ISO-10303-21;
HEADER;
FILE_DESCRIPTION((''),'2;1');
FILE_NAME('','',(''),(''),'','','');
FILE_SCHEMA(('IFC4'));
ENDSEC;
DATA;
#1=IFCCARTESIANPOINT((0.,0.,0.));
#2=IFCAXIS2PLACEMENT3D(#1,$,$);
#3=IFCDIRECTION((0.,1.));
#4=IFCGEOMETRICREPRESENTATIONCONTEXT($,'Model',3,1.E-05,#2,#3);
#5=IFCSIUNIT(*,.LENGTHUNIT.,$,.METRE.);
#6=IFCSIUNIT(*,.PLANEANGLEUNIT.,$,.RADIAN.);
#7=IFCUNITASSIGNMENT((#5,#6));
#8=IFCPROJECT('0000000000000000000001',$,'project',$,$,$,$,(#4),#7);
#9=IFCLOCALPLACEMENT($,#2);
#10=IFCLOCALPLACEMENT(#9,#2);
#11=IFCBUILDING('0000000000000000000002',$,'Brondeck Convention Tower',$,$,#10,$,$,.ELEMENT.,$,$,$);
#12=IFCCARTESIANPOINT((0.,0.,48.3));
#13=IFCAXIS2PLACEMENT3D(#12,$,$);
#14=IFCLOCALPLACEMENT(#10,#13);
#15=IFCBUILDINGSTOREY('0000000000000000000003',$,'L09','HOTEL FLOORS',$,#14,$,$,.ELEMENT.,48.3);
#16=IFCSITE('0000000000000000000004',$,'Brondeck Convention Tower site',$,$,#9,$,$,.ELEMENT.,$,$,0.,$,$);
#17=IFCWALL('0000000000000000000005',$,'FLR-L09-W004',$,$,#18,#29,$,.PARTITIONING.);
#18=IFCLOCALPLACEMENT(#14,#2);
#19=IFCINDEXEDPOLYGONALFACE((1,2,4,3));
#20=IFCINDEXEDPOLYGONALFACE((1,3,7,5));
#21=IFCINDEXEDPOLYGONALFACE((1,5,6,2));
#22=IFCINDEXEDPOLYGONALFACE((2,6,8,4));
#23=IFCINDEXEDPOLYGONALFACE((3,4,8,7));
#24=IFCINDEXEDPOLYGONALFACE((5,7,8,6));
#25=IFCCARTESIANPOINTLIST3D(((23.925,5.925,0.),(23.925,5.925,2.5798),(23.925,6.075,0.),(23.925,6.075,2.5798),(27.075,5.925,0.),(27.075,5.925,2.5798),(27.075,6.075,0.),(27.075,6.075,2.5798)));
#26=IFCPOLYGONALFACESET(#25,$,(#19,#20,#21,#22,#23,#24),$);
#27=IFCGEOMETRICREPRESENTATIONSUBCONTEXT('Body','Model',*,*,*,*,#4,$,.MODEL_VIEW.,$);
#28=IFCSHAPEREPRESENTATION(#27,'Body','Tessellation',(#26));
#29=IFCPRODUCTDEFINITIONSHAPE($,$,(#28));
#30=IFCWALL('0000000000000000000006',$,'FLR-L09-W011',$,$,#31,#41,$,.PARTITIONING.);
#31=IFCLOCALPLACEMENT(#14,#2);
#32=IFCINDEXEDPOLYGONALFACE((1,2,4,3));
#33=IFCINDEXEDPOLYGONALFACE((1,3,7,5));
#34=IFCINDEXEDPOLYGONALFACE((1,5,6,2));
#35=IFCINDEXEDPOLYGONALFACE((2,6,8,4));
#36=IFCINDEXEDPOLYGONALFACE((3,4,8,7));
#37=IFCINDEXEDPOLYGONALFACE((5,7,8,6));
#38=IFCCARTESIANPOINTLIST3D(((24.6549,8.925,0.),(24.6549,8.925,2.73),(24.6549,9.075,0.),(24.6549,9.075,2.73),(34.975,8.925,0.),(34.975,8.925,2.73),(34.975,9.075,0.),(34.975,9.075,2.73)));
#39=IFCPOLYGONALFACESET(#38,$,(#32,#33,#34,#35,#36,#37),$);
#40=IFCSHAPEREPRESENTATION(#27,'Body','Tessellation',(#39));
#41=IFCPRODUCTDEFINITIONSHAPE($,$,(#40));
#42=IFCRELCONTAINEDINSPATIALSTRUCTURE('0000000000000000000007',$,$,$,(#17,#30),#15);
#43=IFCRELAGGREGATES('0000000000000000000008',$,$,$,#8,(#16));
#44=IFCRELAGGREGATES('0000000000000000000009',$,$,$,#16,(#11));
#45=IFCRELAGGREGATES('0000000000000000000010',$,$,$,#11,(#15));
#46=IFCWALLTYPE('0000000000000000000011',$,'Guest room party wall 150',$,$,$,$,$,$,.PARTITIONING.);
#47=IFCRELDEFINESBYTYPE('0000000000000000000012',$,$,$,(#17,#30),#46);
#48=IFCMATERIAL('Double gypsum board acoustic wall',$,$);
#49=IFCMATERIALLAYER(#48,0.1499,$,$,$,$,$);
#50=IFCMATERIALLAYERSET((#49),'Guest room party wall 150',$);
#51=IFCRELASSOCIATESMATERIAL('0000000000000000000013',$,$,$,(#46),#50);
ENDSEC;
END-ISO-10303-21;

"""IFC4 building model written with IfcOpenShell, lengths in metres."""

from ifc_helpers import new_model, si_unit, direction, frame, frame_2d, origin, place, context, subcontext, project, spatial, rectangle, extrude, material, layer, layer_set, type_object, element, save


model = new_model("IFC4")

# Units and contexts
model_context = context("Model", 3, precision=1e-05, world=origin(), true_north=direction((0.0, 1.0)))
body_context = subcontext(model_context, "Body", "Model", "MODEL_VIEW")
ifc_project = project(units=[si_unit("LENGTHUNIT", "METRE"), si_unit("PLANEANGLEUNIT", "RADIAN")], contexts=[model_context])

# Site, building, storey
site_placement = place(None, origin())
site = spatial("IfcSite", under=ifc_project, at=site_placement, Name="Brondeck Convention Tower site", CompositionType="ELEMENT", RefElevation=0.0)
building_placement = place(site_placement, origin())
building = spatial("IfcBuilding", under=site, at=building_placement, Name="Brondeck Convention Tower", CompositionType="ELEMENT")
storey_placement = place(building_placement, frame((0.0, 0.0, 48.3)))
storey = spatial("IfcBuildingStorey", under=building, at=storey_placement, Name="L09", Description="HOTEL FLOORS", CompositionType="ELEMENT", Elevation=48.3)

# Walls
ifc_material_1 = material(Name="Double gypsum board acoustic wall")
ifc_layer_1 = layer(ifc_material_1, 0.1499)
ifc_layer_set_1 = layer_set([ifc_layer_1], Name="Guest room party wall 150")
wall_type_1 = type_object("IfcWallType", Name="Guest room party wall 150", PredefinedType="PARTITIONING", material=ifc_layer_set_1)
wall_1_placement = place(storey_placement, frame((27.075, 6.0, 0.0), z_axis=(0.0, 0.0, 1.0), x_axis=(-1.0, 0.0, 0.0)))
element("IfcWall", 1, at=wall_1_placement, inside=storey, type_object=wall_type_1, Name="FLR-L09-W004", PredefinedType="PARTITIONING", context=body_context, shape_type="SweptSolid", body=[
    extrude(rectangle(XDim=3.1499, YDim=0.1499, at=frame_2d((1.575, 0.0))), origin(), (0.0, 0.0, 1.0), 2.5798),
])
wall_2_placement = place(storey_placement, frame((34.9751, 9.0, 0.0), z_axis=(0.0, 0.0, 1.0), x_axis=(-1.0, 0.0, 0.0)))
element("IfcWall", 2, at=wall_2_placement, inside=storey, type_object=wall_type_1, Name="FLR-L09-W011", PredefinedType="PARTITIONING", context=body_context, shape_type="SweptSolid", body=[
    extrude(rectangle(XDim=10.3201, YDim=0.1499, at=frame_2d((5.1602, 0.0))), origin(), (0.0, 0.0, 1.0), 2.73),
])

save(model, "model.ifc")
